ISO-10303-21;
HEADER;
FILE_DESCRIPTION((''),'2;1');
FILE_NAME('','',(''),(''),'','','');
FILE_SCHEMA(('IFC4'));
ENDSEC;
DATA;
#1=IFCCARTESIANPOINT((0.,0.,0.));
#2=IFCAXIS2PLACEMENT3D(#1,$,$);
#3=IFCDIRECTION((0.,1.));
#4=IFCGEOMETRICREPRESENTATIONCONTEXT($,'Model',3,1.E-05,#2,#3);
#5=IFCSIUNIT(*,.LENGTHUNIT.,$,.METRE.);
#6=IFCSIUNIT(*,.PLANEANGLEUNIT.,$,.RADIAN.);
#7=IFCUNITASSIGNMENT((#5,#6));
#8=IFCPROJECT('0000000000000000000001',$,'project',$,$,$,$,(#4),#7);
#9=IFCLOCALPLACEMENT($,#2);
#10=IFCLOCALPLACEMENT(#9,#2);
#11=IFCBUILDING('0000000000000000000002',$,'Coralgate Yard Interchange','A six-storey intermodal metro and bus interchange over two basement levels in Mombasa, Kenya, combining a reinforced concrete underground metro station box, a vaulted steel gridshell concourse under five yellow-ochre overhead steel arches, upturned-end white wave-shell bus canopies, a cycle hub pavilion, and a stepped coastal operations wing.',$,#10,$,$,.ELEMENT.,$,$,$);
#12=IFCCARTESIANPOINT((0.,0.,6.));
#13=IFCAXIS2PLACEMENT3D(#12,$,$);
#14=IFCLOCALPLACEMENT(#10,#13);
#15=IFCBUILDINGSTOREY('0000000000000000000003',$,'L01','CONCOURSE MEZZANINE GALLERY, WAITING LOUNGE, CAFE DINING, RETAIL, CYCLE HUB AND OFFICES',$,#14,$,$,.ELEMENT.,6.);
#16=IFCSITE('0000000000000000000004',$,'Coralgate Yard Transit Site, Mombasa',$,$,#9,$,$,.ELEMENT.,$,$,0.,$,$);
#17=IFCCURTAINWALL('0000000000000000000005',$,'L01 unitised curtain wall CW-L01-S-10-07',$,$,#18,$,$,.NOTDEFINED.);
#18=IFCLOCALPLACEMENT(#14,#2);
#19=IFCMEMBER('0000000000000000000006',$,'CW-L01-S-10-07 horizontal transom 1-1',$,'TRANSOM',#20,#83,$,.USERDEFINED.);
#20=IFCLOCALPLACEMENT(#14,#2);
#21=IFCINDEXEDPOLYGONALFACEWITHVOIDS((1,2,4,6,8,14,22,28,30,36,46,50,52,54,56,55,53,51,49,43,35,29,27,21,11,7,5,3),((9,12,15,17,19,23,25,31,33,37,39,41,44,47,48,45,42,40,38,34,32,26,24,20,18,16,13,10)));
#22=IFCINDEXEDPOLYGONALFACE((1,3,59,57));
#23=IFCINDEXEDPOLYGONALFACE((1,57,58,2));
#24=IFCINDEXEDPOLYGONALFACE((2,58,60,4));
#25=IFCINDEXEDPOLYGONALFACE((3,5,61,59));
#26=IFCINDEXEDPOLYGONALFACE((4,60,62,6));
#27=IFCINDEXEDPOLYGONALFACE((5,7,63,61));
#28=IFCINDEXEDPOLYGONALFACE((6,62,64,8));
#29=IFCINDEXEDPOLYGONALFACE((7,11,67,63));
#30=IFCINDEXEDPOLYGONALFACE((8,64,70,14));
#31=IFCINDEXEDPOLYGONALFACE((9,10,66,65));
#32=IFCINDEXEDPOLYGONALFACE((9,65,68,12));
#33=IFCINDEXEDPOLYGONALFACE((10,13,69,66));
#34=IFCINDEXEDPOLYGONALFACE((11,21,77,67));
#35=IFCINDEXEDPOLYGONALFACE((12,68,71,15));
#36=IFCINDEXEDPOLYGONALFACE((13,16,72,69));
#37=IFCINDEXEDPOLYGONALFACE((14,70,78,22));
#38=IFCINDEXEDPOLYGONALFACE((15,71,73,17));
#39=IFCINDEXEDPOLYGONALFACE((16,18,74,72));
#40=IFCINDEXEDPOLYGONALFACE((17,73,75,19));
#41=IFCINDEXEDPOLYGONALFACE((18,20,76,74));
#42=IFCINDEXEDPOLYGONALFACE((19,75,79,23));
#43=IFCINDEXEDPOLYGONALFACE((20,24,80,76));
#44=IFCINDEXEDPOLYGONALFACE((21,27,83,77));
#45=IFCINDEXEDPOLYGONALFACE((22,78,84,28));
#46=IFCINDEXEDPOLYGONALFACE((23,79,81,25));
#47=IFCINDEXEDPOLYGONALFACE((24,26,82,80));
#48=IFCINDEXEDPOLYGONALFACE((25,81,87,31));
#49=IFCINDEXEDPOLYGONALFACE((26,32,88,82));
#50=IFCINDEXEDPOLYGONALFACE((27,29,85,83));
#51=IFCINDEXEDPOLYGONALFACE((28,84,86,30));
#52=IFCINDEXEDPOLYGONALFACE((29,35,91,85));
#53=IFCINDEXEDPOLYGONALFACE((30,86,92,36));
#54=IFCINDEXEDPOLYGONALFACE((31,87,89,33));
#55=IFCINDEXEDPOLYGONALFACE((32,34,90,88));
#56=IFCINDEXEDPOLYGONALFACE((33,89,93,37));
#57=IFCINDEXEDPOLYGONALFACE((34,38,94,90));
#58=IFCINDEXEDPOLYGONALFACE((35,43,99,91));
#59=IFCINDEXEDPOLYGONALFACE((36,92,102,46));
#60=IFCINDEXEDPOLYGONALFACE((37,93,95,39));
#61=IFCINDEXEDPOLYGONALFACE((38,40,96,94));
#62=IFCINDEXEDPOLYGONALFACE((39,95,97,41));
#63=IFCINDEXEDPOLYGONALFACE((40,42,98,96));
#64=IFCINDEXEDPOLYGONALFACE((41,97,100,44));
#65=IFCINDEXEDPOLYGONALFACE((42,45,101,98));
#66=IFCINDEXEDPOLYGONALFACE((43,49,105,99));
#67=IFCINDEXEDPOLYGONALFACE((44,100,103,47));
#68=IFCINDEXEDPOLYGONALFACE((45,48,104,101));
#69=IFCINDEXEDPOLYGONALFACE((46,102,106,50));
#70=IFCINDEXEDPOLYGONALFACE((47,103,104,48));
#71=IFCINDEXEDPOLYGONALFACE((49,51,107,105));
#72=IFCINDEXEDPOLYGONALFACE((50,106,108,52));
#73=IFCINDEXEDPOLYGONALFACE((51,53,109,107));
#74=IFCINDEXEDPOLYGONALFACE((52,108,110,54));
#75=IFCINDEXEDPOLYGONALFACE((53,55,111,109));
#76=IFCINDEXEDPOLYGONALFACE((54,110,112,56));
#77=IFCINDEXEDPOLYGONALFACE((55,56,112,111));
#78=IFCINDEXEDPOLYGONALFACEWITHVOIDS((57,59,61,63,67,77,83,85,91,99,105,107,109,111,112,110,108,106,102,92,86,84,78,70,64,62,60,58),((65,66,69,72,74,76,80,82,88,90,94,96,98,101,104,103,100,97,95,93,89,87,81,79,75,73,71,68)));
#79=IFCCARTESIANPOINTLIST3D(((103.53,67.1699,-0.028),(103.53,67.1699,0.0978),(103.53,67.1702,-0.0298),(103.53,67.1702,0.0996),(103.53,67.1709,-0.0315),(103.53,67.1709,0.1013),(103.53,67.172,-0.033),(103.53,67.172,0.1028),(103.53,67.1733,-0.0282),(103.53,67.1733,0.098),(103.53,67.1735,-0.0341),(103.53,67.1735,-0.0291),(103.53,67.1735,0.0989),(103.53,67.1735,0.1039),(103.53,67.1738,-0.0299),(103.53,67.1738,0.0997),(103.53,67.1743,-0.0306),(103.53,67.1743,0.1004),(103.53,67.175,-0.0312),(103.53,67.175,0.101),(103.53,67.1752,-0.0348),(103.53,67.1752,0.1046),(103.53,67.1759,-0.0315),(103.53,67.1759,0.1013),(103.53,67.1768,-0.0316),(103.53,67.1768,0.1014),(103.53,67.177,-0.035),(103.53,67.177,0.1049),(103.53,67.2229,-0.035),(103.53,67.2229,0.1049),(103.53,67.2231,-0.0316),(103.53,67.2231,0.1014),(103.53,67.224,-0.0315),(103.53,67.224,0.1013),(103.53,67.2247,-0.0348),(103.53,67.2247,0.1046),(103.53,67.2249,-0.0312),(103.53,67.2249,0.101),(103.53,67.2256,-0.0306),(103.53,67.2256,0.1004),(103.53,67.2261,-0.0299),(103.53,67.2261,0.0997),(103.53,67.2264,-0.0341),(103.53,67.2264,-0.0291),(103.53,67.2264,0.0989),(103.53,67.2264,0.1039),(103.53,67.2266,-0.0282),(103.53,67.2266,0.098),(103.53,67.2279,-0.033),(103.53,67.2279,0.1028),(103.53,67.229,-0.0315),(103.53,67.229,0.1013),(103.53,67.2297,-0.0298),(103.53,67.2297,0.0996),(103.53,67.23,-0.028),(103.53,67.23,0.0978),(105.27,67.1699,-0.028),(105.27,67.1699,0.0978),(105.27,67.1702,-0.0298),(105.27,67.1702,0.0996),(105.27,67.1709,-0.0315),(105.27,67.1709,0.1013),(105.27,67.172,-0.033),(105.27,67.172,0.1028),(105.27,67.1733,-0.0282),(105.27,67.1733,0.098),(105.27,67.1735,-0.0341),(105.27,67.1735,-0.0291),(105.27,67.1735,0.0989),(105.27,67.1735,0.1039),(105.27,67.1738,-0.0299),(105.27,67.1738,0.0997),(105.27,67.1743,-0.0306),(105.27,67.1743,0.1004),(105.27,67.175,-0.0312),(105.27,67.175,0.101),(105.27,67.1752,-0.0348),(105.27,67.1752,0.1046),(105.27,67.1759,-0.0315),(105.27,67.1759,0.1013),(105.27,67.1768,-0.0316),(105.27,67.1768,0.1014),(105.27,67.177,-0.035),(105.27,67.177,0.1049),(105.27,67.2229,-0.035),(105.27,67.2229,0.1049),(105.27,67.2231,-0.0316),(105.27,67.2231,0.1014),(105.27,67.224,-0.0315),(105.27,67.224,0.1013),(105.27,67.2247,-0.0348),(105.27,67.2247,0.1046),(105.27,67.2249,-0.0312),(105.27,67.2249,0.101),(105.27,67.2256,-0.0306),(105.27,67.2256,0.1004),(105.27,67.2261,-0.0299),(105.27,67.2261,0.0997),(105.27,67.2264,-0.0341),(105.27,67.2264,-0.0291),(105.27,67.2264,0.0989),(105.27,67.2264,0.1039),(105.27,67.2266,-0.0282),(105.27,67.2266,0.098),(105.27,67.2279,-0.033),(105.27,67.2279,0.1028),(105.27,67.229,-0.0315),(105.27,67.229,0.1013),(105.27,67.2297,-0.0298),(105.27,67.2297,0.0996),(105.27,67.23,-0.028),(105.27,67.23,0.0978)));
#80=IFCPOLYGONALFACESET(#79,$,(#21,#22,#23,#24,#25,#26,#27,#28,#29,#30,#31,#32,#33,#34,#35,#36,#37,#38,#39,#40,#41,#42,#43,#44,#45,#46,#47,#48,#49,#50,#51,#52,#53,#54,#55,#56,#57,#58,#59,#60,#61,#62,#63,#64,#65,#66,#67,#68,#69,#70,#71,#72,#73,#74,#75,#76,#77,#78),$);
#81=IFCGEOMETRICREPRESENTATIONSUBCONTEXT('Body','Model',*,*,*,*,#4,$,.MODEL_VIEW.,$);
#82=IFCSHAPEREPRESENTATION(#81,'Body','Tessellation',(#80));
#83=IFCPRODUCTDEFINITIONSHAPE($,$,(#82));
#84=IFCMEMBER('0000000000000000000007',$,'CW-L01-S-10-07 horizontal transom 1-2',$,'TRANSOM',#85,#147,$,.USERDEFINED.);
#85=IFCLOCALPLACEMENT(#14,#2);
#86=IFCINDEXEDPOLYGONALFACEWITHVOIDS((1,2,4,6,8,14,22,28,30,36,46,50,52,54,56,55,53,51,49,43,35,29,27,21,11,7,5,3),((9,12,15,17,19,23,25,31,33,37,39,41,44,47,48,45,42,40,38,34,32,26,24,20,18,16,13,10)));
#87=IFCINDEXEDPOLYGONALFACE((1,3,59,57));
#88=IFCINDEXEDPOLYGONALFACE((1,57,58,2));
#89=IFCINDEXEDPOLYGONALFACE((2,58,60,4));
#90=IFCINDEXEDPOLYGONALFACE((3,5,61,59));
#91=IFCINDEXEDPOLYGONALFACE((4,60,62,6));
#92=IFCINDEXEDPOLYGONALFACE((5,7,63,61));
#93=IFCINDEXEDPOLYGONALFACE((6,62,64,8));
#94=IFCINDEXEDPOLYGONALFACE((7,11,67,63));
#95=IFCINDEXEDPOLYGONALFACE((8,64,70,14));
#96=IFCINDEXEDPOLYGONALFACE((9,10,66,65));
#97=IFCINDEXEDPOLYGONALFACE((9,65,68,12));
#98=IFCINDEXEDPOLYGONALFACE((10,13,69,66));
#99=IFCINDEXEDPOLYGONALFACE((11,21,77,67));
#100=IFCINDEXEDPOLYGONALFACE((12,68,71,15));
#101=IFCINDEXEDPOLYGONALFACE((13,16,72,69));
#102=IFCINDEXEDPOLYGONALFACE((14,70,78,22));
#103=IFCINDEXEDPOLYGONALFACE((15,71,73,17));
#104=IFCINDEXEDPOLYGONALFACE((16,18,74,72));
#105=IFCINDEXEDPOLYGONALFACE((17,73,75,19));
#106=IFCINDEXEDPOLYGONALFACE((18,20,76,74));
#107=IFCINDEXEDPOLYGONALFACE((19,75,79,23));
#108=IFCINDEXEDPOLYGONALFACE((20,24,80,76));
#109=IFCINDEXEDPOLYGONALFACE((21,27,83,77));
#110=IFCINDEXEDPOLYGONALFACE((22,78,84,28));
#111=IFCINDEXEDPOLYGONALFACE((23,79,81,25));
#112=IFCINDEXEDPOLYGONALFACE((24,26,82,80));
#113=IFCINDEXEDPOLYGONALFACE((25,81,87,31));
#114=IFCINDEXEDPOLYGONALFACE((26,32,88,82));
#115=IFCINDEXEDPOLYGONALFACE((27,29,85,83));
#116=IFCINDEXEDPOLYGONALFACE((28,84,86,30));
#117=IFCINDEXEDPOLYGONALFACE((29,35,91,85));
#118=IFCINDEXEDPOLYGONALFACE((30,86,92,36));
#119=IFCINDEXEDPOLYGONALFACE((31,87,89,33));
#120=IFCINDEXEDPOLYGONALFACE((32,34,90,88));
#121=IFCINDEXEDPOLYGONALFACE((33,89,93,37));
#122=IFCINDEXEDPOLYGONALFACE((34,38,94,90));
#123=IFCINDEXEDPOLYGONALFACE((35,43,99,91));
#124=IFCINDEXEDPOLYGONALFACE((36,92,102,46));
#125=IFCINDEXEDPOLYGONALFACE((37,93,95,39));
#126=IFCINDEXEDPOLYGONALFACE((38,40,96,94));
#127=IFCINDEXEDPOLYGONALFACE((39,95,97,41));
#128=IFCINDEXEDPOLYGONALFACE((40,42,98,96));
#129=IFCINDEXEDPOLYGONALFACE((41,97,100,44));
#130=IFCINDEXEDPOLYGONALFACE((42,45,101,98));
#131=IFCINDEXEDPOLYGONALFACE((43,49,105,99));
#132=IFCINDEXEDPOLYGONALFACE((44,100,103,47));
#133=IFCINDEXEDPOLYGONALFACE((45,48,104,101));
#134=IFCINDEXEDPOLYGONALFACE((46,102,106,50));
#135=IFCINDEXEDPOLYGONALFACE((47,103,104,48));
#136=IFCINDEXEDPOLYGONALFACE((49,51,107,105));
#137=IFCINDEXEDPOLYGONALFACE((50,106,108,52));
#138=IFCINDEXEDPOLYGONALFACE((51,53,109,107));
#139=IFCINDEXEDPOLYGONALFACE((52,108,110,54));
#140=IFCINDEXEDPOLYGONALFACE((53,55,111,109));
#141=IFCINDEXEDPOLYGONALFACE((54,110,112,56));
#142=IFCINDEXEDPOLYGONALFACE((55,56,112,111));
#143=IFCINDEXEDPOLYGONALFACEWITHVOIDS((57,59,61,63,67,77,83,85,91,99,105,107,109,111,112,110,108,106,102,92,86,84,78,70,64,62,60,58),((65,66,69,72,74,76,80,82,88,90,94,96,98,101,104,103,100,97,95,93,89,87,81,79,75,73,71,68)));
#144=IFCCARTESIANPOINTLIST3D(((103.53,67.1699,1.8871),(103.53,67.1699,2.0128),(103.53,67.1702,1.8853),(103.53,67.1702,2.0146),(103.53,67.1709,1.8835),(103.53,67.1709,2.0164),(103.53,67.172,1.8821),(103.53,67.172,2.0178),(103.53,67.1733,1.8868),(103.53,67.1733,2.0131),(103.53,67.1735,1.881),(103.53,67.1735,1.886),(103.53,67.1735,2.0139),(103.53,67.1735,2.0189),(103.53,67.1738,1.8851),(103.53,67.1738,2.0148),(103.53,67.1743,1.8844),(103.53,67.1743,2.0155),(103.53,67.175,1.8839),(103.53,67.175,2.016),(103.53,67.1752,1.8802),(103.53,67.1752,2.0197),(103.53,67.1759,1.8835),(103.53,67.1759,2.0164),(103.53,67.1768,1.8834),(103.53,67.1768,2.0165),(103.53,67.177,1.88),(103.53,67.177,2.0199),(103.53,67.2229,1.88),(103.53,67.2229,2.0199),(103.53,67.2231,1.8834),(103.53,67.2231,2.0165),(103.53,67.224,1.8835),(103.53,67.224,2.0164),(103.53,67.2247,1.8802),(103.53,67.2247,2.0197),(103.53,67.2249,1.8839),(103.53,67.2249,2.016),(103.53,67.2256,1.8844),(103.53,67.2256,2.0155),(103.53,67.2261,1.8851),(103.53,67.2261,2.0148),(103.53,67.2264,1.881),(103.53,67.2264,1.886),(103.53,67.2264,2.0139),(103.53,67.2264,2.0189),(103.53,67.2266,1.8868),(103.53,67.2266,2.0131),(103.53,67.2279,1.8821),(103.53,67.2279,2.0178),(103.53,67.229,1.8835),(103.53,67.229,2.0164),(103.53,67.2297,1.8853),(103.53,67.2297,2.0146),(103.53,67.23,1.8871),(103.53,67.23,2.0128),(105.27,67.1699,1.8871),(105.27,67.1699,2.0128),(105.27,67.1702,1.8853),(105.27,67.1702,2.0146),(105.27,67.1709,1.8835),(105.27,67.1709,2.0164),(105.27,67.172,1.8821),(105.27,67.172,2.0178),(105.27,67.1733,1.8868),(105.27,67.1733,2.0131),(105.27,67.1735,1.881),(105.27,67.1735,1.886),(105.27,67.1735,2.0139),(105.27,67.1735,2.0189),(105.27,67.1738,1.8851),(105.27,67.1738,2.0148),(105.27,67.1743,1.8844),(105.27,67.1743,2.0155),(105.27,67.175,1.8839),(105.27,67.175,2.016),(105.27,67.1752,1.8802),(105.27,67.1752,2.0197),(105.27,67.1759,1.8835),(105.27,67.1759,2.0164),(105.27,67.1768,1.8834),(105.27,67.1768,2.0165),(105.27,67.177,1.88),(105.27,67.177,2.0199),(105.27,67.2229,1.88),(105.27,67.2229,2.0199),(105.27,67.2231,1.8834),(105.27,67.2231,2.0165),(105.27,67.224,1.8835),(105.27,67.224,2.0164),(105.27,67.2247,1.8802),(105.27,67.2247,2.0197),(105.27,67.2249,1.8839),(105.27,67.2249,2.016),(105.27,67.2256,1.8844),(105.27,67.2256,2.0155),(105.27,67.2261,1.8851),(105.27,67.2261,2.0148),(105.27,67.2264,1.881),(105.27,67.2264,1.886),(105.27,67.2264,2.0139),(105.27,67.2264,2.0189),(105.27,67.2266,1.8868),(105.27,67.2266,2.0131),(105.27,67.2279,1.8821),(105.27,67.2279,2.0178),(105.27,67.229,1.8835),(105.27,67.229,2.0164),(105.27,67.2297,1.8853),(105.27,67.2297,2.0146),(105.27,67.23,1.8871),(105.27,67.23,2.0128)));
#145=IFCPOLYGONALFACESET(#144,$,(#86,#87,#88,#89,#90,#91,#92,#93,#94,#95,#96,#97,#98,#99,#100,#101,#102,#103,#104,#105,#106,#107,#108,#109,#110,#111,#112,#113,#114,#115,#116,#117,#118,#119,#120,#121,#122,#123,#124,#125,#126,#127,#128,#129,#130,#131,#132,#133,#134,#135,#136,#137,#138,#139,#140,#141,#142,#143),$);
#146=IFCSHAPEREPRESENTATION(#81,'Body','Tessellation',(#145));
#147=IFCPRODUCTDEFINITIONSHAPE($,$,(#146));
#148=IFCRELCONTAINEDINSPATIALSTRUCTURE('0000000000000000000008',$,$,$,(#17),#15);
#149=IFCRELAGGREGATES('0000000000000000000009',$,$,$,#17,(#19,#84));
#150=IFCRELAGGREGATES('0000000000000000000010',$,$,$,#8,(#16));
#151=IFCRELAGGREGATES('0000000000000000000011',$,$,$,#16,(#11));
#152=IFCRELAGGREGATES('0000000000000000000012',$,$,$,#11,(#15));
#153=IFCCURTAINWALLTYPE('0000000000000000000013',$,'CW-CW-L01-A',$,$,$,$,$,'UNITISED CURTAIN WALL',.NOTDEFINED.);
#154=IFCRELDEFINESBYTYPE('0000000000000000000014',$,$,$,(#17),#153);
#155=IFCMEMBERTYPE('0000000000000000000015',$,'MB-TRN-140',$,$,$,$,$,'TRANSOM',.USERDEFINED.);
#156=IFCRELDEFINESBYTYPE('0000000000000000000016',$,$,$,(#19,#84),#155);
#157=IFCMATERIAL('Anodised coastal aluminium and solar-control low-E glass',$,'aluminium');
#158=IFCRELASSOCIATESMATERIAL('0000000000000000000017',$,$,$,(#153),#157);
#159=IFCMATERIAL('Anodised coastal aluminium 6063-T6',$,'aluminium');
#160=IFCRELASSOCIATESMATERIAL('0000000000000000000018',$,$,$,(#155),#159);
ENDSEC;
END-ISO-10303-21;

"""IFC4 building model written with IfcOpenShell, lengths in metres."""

from ifc_helpers import new_model, si_unit, direction, frame, origin, origin_2d, place, context, subcontext, project, spatial, hollow_rectangle, extrude, material, material_profile, profile_set, type_object, element, aggregate, save


model = new_model("IFC4")

# Units and contexts
model_context = context("Model", 3, precision=1e-05, world=origin(), true_north=direction((0.0, 1.0)))
body_context = subcontext(model_context, "Body", "Model", "MODEL_VIEW")
ifc_project = project(units=[si_unit("LENGTHUNIT", "METRE"), si_unit("PLANEANGLEUNIT", "RADIAN")], contexts=[model_context])

# Site, building, storey
site_placement = place(None, origin())
site = spatial("IfcSite", under=ifc_project, at=site_placement, Name="Coralgate Yard Transit Site, Mombasa", CompositionType="ELEMENT", RefElevation=0.0)
building_placement = place(site_placement, origin())
building = spatial("IfcBuilding", under=site, at=building_placement, Name="Coralgate Yard Interchange", Description="A six-storey intermodal metro and bus interchange over two basement levels in Mombasa, Kenya, combining a reinforced concrete underground metro station box, a vaulted steel gridshell concourse under five yellow-ochre overhead steel arches, upturned-end white wave-shell bus canopies, a cycle hub pavilion, and a stepped coastal operations wing.", CompositionType="ELEMENT")
storey_placement = place(building_placement, frame((0.0, 0.0, 6.0)))
storey = spatial("IfcBuildingStorey", under=building, at=storey_placement, Name="L01", Description="CONCOURSE MEZZANINE GALLERY, WAITING LOUNGE, CAFE DINING, RETAIL, CYCLE HUB AND OFFICES", CompositionType="ELEMENT", Elevation=6.0)

# Curtain wall, members
ifc_material_1 = material(Name="Anodised coastal aluminium and solar-control low-E glass", Category="aluminium")
curtain_wall_type = type_object("IfcCurtainWallType", Name="CW-CW-L01-A", ElementType="UNITISED CURTAIN WALL", PredefinedType="NOTDEFINED", material=ifc_material_1)
curtain_wall_placement = place(storey_placement, origin())
curtain_wall = element("IfcCurtainWall", 1, at=curtain_wall_placement, inside=storey, type_object=curtain_wall_type, Name="L01 unitised curtain wall CW-L01-S-10-07", PredefinedType="NOTDEFINED")
ifc_material_2 = material(Name="Anodised coastal aluminium 6063-T6", Category="aluminium")
ifc_material_profile_1 = material_profile(ifc_material_2, hollow_rectangle(XDim=0.0601, YDim=0.1399, WallThickness=0.0034, InnerFilletRadius=0.0034, OuterFilletRadius=0.0071, at=origin_2d()), Name="ALU 60x140x3.5")
ifc_profile_set_1 = profile_set([ifc_material_profile_1], Name="Anodised coastal aluminium 6063-T6")
member_type_1 = type_object("IfcMemberType", Name="MB-TRN-140", ElementType="TRANSOM", PredefinedType="USERDEFINED", material=ifc_profile_set_1)
member_1_placement = place(storey_placement, frame((105.27, 67.2, 0.0349), z_axis=(-1.0, 0.0, 0.0), x_axis=(0.0, -1.0, 0.0)))
member_1 = element("IfcMember", 2, at=member_1_placement, type_object=member_type_1, Name="CW-L01-S-10-07 horizontal transom 1-1", ObjectType="TRANSOM", PredefinedType="USERDEFINED", context=body_context, shape_type="SweptSolid", body=[
    extrude(hollow_rectangle(XDim=0.0601, YDim=0.1399, WallThickness=0.0034, InnerFilletRadius=0.0034, OuterFilletRadius=0.0071, at=origin_2d()), origin(), (0.0, 0.0, 1.0), 1.74),
])
member_2_placement = place(storey_placement, frame((105.27, 67.2, 1.95), z_axis=(-1.0, 0.0, 0.0), x_axis=(0.0, -1.0, 0.0)))
member_2 = element("IfcMember", 3, at=member_2_placement, type_object=member_type_1, Name="CW-L01-S-10-07 horizontal transom 1-2", ObjectType="TRANSOM", PredefinedType="USERDEFINED", context=body_context, shape_type="SweptSolid", body=[
    extrude(hollow_rectangle(XDim=0.0601, YDim=0.1399, WallThickness=0.0034, InnerFilletRadius=0.0034, OuterFilletRadius=0.0071, at=origin_2d()), origin(), (0.0, 0.0, 1.0), 1.74),
])
aggregate(curtain_wall, [member_1, member_2])

save(model, "model.ifc")
